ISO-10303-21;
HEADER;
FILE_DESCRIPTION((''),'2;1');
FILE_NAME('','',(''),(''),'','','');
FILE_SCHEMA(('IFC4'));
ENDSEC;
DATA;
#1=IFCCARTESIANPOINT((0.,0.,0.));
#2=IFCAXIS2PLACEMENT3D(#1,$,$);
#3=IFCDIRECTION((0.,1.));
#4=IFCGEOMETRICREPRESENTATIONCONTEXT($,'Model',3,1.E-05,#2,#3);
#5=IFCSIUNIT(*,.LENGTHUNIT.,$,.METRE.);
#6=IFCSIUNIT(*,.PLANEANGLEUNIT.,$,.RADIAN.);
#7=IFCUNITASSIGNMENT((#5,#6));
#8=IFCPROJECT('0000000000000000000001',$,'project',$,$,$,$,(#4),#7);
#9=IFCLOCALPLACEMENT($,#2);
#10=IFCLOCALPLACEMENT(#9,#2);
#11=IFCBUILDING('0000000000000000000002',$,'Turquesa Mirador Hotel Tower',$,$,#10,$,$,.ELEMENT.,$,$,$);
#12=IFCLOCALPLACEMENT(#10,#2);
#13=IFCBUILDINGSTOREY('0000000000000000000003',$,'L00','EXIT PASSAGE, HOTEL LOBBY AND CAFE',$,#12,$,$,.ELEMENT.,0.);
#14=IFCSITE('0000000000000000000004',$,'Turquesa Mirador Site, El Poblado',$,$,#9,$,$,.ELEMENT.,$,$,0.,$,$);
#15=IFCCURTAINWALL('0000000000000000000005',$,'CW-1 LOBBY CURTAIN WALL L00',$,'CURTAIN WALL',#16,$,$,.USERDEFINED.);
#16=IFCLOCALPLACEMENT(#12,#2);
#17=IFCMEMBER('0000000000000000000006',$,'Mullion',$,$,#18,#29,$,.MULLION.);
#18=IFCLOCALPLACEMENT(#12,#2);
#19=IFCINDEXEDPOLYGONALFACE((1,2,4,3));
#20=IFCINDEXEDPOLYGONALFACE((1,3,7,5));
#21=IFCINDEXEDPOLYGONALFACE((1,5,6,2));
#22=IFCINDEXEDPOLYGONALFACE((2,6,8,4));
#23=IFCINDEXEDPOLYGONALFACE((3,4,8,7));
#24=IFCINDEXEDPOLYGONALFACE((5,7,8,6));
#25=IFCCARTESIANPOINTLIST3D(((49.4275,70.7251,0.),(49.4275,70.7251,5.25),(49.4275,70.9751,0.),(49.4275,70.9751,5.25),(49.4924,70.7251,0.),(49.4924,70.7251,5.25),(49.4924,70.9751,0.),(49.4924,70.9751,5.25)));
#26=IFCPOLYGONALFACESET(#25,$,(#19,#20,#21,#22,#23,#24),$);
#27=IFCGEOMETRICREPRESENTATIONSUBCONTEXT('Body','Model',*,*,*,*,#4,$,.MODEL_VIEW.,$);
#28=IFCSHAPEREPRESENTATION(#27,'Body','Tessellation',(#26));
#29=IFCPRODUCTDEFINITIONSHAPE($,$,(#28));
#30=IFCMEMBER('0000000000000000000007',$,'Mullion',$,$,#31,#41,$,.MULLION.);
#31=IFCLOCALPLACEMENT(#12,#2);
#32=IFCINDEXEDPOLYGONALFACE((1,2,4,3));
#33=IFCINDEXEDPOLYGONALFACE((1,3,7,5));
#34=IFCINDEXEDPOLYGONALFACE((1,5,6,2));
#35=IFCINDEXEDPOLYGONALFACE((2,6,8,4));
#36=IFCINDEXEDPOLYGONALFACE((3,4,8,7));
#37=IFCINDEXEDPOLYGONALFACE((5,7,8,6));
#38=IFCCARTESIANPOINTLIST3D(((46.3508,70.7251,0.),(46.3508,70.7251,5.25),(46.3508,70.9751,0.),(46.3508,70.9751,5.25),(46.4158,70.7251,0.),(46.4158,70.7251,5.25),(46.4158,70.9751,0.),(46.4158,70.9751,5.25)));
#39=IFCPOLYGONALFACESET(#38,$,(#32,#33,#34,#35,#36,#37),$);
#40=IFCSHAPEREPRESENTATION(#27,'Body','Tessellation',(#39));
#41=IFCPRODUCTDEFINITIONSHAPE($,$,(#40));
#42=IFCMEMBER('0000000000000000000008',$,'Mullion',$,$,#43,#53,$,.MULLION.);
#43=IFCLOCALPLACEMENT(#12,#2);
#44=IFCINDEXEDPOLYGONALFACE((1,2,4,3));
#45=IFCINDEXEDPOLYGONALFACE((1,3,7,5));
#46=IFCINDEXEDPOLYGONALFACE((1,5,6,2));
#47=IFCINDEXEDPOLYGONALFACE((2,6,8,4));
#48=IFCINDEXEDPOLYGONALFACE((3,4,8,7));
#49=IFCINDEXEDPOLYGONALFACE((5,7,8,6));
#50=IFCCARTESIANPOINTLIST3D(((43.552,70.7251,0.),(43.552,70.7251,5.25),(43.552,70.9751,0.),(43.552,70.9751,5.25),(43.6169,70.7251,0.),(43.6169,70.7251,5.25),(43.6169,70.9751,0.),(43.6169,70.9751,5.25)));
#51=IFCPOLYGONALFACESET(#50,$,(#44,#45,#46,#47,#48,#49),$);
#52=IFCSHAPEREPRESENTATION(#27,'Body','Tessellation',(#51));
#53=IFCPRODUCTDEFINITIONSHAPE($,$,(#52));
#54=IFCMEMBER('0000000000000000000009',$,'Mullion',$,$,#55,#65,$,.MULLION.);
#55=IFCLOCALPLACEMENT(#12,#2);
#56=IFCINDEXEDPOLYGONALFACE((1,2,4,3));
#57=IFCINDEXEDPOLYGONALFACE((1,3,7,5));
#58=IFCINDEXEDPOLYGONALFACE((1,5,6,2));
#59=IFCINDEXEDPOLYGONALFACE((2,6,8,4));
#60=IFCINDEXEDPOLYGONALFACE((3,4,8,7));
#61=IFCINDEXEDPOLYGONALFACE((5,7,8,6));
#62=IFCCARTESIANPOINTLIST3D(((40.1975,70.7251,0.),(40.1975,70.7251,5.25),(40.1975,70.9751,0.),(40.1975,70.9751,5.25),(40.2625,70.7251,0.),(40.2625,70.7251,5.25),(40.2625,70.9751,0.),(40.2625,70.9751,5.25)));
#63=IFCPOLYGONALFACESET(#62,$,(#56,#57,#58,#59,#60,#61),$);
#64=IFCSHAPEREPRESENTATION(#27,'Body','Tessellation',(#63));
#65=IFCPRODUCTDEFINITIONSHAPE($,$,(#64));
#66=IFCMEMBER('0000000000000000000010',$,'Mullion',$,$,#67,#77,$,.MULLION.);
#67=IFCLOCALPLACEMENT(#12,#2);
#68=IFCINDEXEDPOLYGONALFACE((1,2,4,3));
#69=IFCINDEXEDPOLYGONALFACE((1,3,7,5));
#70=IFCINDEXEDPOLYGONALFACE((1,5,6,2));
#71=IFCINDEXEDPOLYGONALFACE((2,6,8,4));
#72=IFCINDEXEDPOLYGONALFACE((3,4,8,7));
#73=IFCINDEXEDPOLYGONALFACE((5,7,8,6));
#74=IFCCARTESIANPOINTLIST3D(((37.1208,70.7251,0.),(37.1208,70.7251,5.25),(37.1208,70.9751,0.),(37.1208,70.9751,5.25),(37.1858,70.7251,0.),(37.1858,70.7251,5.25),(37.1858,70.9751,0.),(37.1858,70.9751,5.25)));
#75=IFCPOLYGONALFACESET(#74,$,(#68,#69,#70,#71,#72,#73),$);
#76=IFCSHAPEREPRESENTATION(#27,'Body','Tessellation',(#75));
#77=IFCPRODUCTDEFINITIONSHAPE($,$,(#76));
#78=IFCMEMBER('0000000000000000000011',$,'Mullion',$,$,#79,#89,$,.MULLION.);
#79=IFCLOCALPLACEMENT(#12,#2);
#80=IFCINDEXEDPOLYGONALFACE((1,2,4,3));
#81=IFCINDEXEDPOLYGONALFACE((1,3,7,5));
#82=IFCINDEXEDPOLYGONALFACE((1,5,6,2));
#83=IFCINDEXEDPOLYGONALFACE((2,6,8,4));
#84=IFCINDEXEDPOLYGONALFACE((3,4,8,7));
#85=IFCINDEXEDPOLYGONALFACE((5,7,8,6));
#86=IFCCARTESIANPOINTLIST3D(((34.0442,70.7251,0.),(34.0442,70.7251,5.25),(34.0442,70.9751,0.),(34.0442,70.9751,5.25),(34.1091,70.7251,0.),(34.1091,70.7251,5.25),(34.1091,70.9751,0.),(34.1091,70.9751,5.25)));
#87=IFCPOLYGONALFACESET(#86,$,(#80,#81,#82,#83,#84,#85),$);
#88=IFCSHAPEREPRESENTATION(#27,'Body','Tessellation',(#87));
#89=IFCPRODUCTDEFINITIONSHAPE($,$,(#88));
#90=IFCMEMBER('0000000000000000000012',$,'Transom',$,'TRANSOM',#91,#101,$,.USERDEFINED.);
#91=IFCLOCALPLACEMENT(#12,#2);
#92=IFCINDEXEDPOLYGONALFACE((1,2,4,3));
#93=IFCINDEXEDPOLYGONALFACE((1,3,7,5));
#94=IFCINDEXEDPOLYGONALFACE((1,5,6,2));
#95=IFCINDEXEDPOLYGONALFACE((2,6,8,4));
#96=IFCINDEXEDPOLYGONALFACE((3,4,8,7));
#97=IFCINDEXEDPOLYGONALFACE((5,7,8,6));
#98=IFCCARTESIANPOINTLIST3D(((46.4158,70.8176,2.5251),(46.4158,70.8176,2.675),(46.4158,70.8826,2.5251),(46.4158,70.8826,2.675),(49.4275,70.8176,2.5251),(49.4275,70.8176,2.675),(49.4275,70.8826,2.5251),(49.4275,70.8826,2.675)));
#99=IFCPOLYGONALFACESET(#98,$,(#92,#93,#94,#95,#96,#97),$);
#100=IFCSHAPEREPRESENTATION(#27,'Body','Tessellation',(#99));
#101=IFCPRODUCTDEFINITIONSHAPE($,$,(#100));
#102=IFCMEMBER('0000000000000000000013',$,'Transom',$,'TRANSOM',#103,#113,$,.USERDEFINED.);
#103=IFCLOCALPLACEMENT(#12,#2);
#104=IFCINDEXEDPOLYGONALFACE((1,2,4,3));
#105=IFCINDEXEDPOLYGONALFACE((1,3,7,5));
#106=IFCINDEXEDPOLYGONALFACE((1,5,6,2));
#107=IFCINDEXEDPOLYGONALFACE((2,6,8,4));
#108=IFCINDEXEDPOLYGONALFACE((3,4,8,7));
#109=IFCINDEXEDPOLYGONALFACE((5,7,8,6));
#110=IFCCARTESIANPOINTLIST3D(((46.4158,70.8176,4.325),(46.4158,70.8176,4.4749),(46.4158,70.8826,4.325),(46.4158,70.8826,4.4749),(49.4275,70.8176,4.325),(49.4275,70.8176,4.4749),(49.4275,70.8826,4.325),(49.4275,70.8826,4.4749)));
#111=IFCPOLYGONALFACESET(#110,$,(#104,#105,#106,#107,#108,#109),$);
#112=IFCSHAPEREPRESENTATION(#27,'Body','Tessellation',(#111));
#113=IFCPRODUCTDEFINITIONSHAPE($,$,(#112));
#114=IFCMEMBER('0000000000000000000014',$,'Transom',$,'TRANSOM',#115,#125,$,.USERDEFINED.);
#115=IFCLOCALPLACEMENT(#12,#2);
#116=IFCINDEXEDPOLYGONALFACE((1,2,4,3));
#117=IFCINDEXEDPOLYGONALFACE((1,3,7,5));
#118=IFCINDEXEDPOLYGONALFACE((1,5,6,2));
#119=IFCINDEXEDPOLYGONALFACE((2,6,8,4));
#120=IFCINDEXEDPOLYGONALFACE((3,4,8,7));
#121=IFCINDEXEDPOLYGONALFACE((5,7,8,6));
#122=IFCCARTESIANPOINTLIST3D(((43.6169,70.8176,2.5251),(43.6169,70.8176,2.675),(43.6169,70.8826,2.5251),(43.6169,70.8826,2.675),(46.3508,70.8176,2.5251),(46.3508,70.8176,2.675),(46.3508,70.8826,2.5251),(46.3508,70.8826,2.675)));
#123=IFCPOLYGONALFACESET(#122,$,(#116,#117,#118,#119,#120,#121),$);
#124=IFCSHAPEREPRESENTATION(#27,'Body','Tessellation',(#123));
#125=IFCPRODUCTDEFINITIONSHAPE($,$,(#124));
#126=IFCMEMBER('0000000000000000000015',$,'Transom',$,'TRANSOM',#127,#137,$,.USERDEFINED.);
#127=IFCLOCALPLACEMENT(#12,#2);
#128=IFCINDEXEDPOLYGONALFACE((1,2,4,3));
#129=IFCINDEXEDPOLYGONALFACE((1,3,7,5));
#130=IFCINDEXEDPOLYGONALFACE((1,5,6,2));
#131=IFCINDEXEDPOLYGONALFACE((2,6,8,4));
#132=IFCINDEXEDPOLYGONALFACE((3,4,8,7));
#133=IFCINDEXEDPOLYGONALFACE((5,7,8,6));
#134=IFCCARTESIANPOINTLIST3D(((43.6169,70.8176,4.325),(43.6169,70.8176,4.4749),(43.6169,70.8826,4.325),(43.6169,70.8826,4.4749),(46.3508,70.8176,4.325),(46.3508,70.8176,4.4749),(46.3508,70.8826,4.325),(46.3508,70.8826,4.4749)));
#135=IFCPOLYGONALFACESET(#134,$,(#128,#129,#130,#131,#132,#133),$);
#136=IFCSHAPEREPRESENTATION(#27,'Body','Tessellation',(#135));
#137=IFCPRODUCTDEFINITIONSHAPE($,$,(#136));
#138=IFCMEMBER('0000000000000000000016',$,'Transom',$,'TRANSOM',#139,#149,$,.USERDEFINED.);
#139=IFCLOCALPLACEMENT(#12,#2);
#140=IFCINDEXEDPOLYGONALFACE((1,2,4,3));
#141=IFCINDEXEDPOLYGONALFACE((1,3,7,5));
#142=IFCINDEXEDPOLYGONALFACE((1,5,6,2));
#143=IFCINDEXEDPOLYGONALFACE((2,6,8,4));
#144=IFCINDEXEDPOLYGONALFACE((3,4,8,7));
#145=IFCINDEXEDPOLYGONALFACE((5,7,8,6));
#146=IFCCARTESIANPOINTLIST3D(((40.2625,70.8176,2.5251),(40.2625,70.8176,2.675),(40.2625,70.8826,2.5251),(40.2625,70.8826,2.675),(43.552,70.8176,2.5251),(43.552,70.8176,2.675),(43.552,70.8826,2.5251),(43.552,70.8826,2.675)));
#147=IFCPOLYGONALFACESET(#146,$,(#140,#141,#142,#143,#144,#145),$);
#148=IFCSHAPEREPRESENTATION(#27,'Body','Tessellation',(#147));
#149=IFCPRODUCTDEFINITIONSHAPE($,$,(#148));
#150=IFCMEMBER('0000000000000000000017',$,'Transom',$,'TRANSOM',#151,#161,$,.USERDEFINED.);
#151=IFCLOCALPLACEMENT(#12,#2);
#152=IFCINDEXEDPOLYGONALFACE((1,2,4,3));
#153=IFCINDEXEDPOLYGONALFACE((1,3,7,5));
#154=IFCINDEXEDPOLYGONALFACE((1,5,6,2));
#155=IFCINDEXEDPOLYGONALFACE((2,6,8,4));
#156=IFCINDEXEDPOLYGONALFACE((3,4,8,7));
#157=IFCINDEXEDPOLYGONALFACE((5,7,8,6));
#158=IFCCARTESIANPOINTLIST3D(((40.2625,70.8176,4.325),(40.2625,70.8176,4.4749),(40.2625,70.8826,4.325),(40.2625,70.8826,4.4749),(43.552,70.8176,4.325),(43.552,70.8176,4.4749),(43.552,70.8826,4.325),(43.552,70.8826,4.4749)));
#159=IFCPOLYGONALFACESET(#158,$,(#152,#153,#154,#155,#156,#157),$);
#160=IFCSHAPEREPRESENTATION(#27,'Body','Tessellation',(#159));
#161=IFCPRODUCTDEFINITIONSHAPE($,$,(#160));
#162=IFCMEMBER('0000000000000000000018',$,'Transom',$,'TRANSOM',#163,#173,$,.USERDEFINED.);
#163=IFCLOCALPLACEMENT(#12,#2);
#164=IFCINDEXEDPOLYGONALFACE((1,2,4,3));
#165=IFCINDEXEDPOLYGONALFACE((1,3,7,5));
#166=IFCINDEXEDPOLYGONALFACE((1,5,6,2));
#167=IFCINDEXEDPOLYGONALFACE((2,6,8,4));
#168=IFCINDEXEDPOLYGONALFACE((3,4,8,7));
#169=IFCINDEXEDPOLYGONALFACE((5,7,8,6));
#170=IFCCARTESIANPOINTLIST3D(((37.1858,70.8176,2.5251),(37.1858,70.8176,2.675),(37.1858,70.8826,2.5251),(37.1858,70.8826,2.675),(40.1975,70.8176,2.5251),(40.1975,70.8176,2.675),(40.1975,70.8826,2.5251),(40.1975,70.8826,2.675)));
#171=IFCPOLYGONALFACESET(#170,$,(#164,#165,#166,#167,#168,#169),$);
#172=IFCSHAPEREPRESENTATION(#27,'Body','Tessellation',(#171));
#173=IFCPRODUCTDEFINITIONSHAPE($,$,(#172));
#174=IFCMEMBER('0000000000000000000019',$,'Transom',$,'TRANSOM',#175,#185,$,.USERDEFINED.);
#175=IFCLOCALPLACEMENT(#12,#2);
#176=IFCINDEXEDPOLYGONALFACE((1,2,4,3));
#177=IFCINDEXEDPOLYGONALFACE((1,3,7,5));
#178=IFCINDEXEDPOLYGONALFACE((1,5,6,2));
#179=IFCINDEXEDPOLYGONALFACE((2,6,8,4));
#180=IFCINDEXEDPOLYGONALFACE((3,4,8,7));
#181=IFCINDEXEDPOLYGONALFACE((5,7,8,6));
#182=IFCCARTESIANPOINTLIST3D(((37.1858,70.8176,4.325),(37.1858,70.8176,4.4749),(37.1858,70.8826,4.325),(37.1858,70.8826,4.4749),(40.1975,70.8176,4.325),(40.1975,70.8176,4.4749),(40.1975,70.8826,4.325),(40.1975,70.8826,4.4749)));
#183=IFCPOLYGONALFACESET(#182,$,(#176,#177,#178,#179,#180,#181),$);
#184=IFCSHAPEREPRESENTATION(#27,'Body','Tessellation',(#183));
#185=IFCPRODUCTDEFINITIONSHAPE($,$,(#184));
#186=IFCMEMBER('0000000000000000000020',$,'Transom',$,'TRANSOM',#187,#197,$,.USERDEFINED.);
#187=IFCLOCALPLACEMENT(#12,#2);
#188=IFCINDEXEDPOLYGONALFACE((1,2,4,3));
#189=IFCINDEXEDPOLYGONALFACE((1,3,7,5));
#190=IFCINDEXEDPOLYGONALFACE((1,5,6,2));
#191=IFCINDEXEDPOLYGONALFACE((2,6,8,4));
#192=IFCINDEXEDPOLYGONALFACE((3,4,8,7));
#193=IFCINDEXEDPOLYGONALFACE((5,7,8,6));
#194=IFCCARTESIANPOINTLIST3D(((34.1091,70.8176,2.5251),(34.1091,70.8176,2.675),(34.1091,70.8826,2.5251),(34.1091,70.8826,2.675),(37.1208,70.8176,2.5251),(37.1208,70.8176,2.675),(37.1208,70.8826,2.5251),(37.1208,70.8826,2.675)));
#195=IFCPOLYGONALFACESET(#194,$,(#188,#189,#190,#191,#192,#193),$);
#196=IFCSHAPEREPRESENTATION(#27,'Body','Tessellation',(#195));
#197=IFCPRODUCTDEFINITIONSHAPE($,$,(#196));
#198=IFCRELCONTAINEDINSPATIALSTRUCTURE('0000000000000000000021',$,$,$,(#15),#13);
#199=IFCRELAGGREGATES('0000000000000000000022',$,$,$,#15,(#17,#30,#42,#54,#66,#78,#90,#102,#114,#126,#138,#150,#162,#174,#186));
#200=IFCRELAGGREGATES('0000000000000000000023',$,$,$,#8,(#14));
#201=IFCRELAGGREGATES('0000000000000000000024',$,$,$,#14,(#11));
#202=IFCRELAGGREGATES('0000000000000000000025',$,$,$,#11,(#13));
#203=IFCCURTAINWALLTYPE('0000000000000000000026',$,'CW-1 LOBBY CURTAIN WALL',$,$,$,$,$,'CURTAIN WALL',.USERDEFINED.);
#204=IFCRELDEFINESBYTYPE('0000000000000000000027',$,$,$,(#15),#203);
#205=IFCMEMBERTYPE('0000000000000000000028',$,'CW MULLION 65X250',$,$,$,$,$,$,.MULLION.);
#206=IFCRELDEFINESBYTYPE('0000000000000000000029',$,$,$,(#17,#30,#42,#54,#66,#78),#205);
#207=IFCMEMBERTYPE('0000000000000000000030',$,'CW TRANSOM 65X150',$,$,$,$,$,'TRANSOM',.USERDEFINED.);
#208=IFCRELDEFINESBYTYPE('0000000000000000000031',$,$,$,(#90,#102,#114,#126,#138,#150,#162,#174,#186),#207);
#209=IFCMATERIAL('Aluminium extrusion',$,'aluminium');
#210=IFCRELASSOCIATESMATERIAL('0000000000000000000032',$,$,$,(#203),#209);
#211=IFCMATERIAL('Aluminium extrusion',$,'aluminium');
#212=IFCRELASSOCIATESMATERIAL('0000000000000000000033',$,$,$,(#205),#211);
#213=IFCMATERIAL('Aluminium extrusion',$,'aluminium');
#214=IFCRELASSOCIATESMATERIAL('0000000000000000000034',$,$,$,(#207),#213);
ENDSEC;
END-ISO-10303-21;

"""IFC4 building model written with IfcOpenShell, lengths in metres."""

from ifc_helpers import new_model, si_unit, direction, frame, origin, origin_2d, place, context, subcontext, project, spatial, rectangle, extrude, material, material_profile, profile_set, type_object, element, aggregate, save


model = new_model("IFC4")

# Units and contexts
model_context = context("Model", 3, precision=1e-05, world=origin(), true_north=direction((0.0, 1.0)))
body_context = subcontext(model_context, "Body", "Model", "MODEL_VIEW")
ifc_project = project(units=[si_unit("LENGTHUNIT", "METRE"), si_unit("PLANEANGLEUNIT", "RADIAN")], contexts=[model_context])

# Site, building, storey
site_placement = place(None, origin())
site = spatial("IfcSite", under=ifc_project, at=site_placement, Name="Turquesa Mirador Site, El Poblado", CompositionType="ELEMENT", RefElevation=0.0)
building_placement = place(site_placement, origin())
building = spatial("IfcBuilding", under=site, at=building_placement, Name="Turquesa Mirador Hotel Tower", CompositionType="ELEMENT")
storey_placement = place(building_placement, origin())
storey = spatial("IfcBuildingStorey", under=building, at=storey_placement, Name="L00", Description="EXIT PASSAGE, HOTEL LOBBY AND CAFE", CompositionType="ELEMENT", Elevation=0.0)

# Curtain wall, members
ifc_material_1 = material(Name="Aluminium extrusion", Category="aluminium")
curtain_wall_type = type_object("IfcCurtainWallType", Name="CW-1 LOBBY CURTAIN WALL", ElementType="CURTAIN WALL", PredefinedType="USERDEFINED", material=ifc_material_1)
curtain_wall_placement = place(storey_placement, origin())
curtain_wall = element("IfcCurtainWall", 1, at=curtain_wall_placement, inside=storey, type_object=curtain_wall_type, Name="CW-1 LOBBY CURTAIN WALL L00", ObjectType="CURTAIN WALL", PredefinedType="USERDEFINED")
ifc_material_2 = material(Name="Aluminium extrusion", Category="aluminium")
ifc_material_profile_1 = material_profile(ifc_material_2, rectangle(XDim=0.0649, YDim=0.25, at=origin_2d()), Name="MULLION 65X250")
ifc_profile_set_1 = profile_set([ifc_material_profile_1], Name="Aluminium extrusion")
member_type_1 = type_object("IfcMemberType", Name="CW MULLION 65X250", PredefinedType="MULLION", material=ifc_profile_set_1)
member_1_placement = place(storey_placement, frame((49.46, 70.8501, 0.0), z_axis=(0.0, 0.0, 1.0), x_axis=(-1.0, 0.0, 0.0)))
member_1 = element("IfcMember", 2, at=member_1_placement, type_object=member_type_1, Name="Mullion", PredefinedType="MULLION", context=body_context, shape_type="SweptSolid", body=[
    extrude(rectangle(XDim=0.0649, YDim=0.25, at=origin_2d()), origin(), (0.0, 0.0, 1.0), 5.25),
])
member_2_placement = place(storey_placement, frame((46.3833, 70.8501, 0.0), z_axis=(0.0, 0.0, 1.0), x_axis=(-1.0, 0.0, 0.0)))
member_2 = element("IfcMember", 3, at=member_2_placement, type_object=member_type_1, Name="Mullion", PredefinedType="MULLION", context=body_context, shape_type="SweptSolid", body=[
    extrude(rectangle(XDim=0.0649, YDim=0.25, at=origin_2d()), origin(), (0.0, 0.0, 1.0), 5.25),
])
member_3_placement = place(storey_placement, frame((43.5845, 70.8501, 0.0), z_axis=(0.0, 0.0, 1.0), x_axis=(-1.0, 0.0, 0.0)))
member_3 = element("IfcMember", 4, at=member_3_placement, type_object=member_type_1, Name="Mullion", PredefinedType="MULLION", context=body_context, shape_type="SweptSolid", body=[
    extrude(rectangle(XDim=0.0649, YDim=0.25, at=origin_2d()), origin(), (0.0, 0.0, 1.0), 5.25),
])
member_4_placement = place(storey_placement, frame((40.23, 70.8501, 0.0), z_axis=(0.0, 0.0, 1.0), x_axis=(-1.0, 0.0, 0.0)))
member_4 = element("IfcMember", 5, at=member_4_placement, type_object=member_type_1, Name="Mullion", PredefinedType="MULLION", context=body_context, shape_type="SweptSolid", body=[
    extrude(rectangle(XDim=0.0649, YDim=0.25, at=origin_2d()), origin(), (0.0, 0.0, 1.0), 5.25),
])
member_5_placement = place(storey_placement, frame((37.1533, 70.8501, 0.0), z_axis=(0.0, 0.0, 1.0), x_axis=(-1.0, 0.0, 0.0)))
member_5 = element("IfcMember", 6, at=member_5_placement, type_object=member_type_1, Name="Mullion", PredefinedType="MULLION", context=body_context, shape_type="SweptSolid", body=[
    extrude(rectangle(XDim=0.0649, YDim=0.25, at=origin_2d()), origin(), (0.0, 0.0, 1.0), 5.25),
])
member_6_placement = place(storey_placement, frame((34.0767, 70.8501, 0.0), z_axis=(0.0, 0.0, 1.0), x_axis=(-1.0, 0.0, 0.0)))
member_6 = element("IfcMember", 7, at=member_6_placement, type_object=member_type_1, Name="Mullion", PredefinedType="MULLION", context=body_context, shape_type="SweptSolid", body=[
    extrude(rectangle(XDim=0.0649, YDim=0.25, at=origin_2d()), origin(), (0.0, 0.0, 1.0), 5.25),
])
ifc_material_3 = material(Name="Aluminium extrusion", Category="aluminium")
ifc_material_profile_2 = material_profile(ifc_material_3, rectangle(XDim=0.0649, YDim=0.1499, at=origin_2d()), Name="TRANSOM 65X150")
ifc_profile_set_2 = profile_set([ifc_material_profile_2], Name="Aluminium extrusion")
member_type_2 = type_object("IfcMemberType", Name="CW TRANSOM 65X150", ElementType="TRANSOM", PredefinedType="USERDEFINED", material=ifc_profile_set_2)
member_7_placement = place(storey_placement, frame((49.4275, 70.8501, 2.6001), z_axis=(-1.0, 0.0, 0.0), x_axis=(0.0, -1.0, 0.0)))
member_7 = element("IfcMember", 8, at=member_7_placement, type_object=member_type_2, Name="Transom", ObjectType="TRANSOM", PredefinedType="USERDEFINED", context=body_context, shape_type="SweptSolid", body=[
    extrude(rectangle(XDim=0.0649, YDim=0.1499, at=origin_2d()), origin(), (0.0, 0.0, 1.0), 3.0117),
])
member_8_placement = place(storey_placement, frame((49.4275, 70.8501, 4.3999), z_axis=(-1.0, 0.0, 0.0), x_axis=(0.0, -1.0, 0.0)))
member_8 = element("IfcMember", 9, at=member_8_placement, type_object=member_type_2, Name="Transom", ObjectType="TRANSOM", PredefinedType="USERDEFINED", context=body_context, shape_type="SweptSolid", body=[
    extrude(rectangle(XDim=0.0649, YDim=0.1499, at=origin_2d()), origin(), (0.0, 0.0, 1.0), 3.0117),
])
member_9_placement = place(storey_placement, frame((46.3508, 70.8501, 2.6001), z_axis=(-1.0, 0.0, 0.0), x_axis=(0.0, -1.0, 0.0)))
member_9 = element("IfcMember", 10, at=member_9_placement, type_object=member_type_2, Name="Transom", ObjectType="TRANSOM", PredefinedType="USERDEFINED", context=body_context, shape_type="SweptSolid", body=[
    extrude(rectangle(XDim=0.0649, YDim=0.1499, at=origin_2d()), origin(), (0.0, 0.0, 1.0), 2.7339),
])
member_10_placement = place(storey_placement, frame((46.3508, 70.8501, 4.3999), z_axis=(-1.0, 0.0, 0.0), x_axis=(0.0, -1.0, 0.0)))
member_10 = element("IfcMember", 11, at=member_10_placement, type_object=member_type_2, Name="Transom", ObjectType="TRANSOM", PredefinedType="USERDEFINED", context=body_context, shape_type="SweptSolid", body=[
    extrude(rectangle(XDim=0.0649, YDim=0.1499, at=origin_2d()), origin(), (0.0, 0.0, 1.0), 2.7339),
])
member_11_placement = place(storey_placement, frame((43.552, 70.8501, 2.6001), z_axis=(-1.0, 0.0, 0.0), x_axis=(0.0, -1.0, 0.0)))
member_11 = element("IfcMember", 12, at=member_11_placement, type_object=member_type_2, Name="Transom", ObjectType="TRANSOM", PredefinedType="USERDEFINED", context=body_context, shape_type="SweptSolid", body=[
    extrude(rectangle(XDim=0.0649, YDim=0.1499, at=origin_2d()), origin(), (0.0, 0.0, 1.0), 3.2896),
])
member_12_placement = place(storey_placement, frame((43.552, 70.8501, 4.3999), z_axis=(-1.0, 0.0, 0.0), x_axis=(0.0, -1.0, 0.0)))
member_12 = element("IfcMember", 13, at=member_12_placement, type_object=member_type_2, Name="Transom", ObjectType="TRANSOM", PredefinedType="USERDEFINED", context=body_context, shape_type="SweptSolid", body=[
    extrude(rectangle(XDim=0.0649, YDim=0.1499, at=origin_2d()), origin(), (0.0, 0.0, 1.0), 3.2896),
])
member_13_placement = place(storey_placement, frame((40.1975, 70.8501, 2.6001), z_axis=(-1.0, 0.0, 0.0), x_axis=(0.0, -1.0, 0.0)))
member_13 = element("IfcMember", 14, at=member_13_placement, type_object=member_type_2, Name="Transom", ObjectType="TRANSOM", PredefinedType="USERDEFINED", context=body_context, shape_type="SweptSolid", body=[
    extrude(rectangle(XDim=0.0649, YDim=0.1499, at=origin_2d()), origin(), (0.0, 0.0, 1.0), 3.0117),
])
member_14_placement = place(storey_placement, frame((40.1975, 70.8501, 4.3999), z_axis=(-1.0, 0.0, 0.0), x_axis=(0.0, -1.0, 0.0)))
member_14 = element("IfcMember", 15, at=member_14_placement, type_object=member_type_2, Name="Transom", ObjectType="TRANSOM", PredefinedType="USERDEFINED", context=body_context, shape_type="SweptSolid", body=[
    extrude(rectangle(XDim=0.0649, YDim=0.1499, at=origin_2d()), origin(), (0.0, 0.0, 1.0), 3.0117),
])
member_15_placement = place(storey_placement, frame((37.1208, 70.8501, 2.6001), z_axis=(-1.0, 0.0, 0.0), x_axis=(0.0, -1.0, 0.0)))
member_15 = element("IfcMember", 16, at=member_15_placement, type_object=member_type_2, Name="Transom", ObjectType="TRANSOM", PredefinedType="USERDEFINED", context=body_context, shape_type="SweptSolid", body=[
    extrude(rectangle(XDim=0.0649, YDim=0.1499, at=origin_2d()), origin(), (0.0, 0.0, 1.0), 3.0117),
])
aggregate(curtain_wall, [member_1, member_2, member_3, member_4, member_5, member_6, member_7, member_8, member_9, member_10, member_11, member_12, member_13, member_14, member_15])

save(model, "model.ifc")
